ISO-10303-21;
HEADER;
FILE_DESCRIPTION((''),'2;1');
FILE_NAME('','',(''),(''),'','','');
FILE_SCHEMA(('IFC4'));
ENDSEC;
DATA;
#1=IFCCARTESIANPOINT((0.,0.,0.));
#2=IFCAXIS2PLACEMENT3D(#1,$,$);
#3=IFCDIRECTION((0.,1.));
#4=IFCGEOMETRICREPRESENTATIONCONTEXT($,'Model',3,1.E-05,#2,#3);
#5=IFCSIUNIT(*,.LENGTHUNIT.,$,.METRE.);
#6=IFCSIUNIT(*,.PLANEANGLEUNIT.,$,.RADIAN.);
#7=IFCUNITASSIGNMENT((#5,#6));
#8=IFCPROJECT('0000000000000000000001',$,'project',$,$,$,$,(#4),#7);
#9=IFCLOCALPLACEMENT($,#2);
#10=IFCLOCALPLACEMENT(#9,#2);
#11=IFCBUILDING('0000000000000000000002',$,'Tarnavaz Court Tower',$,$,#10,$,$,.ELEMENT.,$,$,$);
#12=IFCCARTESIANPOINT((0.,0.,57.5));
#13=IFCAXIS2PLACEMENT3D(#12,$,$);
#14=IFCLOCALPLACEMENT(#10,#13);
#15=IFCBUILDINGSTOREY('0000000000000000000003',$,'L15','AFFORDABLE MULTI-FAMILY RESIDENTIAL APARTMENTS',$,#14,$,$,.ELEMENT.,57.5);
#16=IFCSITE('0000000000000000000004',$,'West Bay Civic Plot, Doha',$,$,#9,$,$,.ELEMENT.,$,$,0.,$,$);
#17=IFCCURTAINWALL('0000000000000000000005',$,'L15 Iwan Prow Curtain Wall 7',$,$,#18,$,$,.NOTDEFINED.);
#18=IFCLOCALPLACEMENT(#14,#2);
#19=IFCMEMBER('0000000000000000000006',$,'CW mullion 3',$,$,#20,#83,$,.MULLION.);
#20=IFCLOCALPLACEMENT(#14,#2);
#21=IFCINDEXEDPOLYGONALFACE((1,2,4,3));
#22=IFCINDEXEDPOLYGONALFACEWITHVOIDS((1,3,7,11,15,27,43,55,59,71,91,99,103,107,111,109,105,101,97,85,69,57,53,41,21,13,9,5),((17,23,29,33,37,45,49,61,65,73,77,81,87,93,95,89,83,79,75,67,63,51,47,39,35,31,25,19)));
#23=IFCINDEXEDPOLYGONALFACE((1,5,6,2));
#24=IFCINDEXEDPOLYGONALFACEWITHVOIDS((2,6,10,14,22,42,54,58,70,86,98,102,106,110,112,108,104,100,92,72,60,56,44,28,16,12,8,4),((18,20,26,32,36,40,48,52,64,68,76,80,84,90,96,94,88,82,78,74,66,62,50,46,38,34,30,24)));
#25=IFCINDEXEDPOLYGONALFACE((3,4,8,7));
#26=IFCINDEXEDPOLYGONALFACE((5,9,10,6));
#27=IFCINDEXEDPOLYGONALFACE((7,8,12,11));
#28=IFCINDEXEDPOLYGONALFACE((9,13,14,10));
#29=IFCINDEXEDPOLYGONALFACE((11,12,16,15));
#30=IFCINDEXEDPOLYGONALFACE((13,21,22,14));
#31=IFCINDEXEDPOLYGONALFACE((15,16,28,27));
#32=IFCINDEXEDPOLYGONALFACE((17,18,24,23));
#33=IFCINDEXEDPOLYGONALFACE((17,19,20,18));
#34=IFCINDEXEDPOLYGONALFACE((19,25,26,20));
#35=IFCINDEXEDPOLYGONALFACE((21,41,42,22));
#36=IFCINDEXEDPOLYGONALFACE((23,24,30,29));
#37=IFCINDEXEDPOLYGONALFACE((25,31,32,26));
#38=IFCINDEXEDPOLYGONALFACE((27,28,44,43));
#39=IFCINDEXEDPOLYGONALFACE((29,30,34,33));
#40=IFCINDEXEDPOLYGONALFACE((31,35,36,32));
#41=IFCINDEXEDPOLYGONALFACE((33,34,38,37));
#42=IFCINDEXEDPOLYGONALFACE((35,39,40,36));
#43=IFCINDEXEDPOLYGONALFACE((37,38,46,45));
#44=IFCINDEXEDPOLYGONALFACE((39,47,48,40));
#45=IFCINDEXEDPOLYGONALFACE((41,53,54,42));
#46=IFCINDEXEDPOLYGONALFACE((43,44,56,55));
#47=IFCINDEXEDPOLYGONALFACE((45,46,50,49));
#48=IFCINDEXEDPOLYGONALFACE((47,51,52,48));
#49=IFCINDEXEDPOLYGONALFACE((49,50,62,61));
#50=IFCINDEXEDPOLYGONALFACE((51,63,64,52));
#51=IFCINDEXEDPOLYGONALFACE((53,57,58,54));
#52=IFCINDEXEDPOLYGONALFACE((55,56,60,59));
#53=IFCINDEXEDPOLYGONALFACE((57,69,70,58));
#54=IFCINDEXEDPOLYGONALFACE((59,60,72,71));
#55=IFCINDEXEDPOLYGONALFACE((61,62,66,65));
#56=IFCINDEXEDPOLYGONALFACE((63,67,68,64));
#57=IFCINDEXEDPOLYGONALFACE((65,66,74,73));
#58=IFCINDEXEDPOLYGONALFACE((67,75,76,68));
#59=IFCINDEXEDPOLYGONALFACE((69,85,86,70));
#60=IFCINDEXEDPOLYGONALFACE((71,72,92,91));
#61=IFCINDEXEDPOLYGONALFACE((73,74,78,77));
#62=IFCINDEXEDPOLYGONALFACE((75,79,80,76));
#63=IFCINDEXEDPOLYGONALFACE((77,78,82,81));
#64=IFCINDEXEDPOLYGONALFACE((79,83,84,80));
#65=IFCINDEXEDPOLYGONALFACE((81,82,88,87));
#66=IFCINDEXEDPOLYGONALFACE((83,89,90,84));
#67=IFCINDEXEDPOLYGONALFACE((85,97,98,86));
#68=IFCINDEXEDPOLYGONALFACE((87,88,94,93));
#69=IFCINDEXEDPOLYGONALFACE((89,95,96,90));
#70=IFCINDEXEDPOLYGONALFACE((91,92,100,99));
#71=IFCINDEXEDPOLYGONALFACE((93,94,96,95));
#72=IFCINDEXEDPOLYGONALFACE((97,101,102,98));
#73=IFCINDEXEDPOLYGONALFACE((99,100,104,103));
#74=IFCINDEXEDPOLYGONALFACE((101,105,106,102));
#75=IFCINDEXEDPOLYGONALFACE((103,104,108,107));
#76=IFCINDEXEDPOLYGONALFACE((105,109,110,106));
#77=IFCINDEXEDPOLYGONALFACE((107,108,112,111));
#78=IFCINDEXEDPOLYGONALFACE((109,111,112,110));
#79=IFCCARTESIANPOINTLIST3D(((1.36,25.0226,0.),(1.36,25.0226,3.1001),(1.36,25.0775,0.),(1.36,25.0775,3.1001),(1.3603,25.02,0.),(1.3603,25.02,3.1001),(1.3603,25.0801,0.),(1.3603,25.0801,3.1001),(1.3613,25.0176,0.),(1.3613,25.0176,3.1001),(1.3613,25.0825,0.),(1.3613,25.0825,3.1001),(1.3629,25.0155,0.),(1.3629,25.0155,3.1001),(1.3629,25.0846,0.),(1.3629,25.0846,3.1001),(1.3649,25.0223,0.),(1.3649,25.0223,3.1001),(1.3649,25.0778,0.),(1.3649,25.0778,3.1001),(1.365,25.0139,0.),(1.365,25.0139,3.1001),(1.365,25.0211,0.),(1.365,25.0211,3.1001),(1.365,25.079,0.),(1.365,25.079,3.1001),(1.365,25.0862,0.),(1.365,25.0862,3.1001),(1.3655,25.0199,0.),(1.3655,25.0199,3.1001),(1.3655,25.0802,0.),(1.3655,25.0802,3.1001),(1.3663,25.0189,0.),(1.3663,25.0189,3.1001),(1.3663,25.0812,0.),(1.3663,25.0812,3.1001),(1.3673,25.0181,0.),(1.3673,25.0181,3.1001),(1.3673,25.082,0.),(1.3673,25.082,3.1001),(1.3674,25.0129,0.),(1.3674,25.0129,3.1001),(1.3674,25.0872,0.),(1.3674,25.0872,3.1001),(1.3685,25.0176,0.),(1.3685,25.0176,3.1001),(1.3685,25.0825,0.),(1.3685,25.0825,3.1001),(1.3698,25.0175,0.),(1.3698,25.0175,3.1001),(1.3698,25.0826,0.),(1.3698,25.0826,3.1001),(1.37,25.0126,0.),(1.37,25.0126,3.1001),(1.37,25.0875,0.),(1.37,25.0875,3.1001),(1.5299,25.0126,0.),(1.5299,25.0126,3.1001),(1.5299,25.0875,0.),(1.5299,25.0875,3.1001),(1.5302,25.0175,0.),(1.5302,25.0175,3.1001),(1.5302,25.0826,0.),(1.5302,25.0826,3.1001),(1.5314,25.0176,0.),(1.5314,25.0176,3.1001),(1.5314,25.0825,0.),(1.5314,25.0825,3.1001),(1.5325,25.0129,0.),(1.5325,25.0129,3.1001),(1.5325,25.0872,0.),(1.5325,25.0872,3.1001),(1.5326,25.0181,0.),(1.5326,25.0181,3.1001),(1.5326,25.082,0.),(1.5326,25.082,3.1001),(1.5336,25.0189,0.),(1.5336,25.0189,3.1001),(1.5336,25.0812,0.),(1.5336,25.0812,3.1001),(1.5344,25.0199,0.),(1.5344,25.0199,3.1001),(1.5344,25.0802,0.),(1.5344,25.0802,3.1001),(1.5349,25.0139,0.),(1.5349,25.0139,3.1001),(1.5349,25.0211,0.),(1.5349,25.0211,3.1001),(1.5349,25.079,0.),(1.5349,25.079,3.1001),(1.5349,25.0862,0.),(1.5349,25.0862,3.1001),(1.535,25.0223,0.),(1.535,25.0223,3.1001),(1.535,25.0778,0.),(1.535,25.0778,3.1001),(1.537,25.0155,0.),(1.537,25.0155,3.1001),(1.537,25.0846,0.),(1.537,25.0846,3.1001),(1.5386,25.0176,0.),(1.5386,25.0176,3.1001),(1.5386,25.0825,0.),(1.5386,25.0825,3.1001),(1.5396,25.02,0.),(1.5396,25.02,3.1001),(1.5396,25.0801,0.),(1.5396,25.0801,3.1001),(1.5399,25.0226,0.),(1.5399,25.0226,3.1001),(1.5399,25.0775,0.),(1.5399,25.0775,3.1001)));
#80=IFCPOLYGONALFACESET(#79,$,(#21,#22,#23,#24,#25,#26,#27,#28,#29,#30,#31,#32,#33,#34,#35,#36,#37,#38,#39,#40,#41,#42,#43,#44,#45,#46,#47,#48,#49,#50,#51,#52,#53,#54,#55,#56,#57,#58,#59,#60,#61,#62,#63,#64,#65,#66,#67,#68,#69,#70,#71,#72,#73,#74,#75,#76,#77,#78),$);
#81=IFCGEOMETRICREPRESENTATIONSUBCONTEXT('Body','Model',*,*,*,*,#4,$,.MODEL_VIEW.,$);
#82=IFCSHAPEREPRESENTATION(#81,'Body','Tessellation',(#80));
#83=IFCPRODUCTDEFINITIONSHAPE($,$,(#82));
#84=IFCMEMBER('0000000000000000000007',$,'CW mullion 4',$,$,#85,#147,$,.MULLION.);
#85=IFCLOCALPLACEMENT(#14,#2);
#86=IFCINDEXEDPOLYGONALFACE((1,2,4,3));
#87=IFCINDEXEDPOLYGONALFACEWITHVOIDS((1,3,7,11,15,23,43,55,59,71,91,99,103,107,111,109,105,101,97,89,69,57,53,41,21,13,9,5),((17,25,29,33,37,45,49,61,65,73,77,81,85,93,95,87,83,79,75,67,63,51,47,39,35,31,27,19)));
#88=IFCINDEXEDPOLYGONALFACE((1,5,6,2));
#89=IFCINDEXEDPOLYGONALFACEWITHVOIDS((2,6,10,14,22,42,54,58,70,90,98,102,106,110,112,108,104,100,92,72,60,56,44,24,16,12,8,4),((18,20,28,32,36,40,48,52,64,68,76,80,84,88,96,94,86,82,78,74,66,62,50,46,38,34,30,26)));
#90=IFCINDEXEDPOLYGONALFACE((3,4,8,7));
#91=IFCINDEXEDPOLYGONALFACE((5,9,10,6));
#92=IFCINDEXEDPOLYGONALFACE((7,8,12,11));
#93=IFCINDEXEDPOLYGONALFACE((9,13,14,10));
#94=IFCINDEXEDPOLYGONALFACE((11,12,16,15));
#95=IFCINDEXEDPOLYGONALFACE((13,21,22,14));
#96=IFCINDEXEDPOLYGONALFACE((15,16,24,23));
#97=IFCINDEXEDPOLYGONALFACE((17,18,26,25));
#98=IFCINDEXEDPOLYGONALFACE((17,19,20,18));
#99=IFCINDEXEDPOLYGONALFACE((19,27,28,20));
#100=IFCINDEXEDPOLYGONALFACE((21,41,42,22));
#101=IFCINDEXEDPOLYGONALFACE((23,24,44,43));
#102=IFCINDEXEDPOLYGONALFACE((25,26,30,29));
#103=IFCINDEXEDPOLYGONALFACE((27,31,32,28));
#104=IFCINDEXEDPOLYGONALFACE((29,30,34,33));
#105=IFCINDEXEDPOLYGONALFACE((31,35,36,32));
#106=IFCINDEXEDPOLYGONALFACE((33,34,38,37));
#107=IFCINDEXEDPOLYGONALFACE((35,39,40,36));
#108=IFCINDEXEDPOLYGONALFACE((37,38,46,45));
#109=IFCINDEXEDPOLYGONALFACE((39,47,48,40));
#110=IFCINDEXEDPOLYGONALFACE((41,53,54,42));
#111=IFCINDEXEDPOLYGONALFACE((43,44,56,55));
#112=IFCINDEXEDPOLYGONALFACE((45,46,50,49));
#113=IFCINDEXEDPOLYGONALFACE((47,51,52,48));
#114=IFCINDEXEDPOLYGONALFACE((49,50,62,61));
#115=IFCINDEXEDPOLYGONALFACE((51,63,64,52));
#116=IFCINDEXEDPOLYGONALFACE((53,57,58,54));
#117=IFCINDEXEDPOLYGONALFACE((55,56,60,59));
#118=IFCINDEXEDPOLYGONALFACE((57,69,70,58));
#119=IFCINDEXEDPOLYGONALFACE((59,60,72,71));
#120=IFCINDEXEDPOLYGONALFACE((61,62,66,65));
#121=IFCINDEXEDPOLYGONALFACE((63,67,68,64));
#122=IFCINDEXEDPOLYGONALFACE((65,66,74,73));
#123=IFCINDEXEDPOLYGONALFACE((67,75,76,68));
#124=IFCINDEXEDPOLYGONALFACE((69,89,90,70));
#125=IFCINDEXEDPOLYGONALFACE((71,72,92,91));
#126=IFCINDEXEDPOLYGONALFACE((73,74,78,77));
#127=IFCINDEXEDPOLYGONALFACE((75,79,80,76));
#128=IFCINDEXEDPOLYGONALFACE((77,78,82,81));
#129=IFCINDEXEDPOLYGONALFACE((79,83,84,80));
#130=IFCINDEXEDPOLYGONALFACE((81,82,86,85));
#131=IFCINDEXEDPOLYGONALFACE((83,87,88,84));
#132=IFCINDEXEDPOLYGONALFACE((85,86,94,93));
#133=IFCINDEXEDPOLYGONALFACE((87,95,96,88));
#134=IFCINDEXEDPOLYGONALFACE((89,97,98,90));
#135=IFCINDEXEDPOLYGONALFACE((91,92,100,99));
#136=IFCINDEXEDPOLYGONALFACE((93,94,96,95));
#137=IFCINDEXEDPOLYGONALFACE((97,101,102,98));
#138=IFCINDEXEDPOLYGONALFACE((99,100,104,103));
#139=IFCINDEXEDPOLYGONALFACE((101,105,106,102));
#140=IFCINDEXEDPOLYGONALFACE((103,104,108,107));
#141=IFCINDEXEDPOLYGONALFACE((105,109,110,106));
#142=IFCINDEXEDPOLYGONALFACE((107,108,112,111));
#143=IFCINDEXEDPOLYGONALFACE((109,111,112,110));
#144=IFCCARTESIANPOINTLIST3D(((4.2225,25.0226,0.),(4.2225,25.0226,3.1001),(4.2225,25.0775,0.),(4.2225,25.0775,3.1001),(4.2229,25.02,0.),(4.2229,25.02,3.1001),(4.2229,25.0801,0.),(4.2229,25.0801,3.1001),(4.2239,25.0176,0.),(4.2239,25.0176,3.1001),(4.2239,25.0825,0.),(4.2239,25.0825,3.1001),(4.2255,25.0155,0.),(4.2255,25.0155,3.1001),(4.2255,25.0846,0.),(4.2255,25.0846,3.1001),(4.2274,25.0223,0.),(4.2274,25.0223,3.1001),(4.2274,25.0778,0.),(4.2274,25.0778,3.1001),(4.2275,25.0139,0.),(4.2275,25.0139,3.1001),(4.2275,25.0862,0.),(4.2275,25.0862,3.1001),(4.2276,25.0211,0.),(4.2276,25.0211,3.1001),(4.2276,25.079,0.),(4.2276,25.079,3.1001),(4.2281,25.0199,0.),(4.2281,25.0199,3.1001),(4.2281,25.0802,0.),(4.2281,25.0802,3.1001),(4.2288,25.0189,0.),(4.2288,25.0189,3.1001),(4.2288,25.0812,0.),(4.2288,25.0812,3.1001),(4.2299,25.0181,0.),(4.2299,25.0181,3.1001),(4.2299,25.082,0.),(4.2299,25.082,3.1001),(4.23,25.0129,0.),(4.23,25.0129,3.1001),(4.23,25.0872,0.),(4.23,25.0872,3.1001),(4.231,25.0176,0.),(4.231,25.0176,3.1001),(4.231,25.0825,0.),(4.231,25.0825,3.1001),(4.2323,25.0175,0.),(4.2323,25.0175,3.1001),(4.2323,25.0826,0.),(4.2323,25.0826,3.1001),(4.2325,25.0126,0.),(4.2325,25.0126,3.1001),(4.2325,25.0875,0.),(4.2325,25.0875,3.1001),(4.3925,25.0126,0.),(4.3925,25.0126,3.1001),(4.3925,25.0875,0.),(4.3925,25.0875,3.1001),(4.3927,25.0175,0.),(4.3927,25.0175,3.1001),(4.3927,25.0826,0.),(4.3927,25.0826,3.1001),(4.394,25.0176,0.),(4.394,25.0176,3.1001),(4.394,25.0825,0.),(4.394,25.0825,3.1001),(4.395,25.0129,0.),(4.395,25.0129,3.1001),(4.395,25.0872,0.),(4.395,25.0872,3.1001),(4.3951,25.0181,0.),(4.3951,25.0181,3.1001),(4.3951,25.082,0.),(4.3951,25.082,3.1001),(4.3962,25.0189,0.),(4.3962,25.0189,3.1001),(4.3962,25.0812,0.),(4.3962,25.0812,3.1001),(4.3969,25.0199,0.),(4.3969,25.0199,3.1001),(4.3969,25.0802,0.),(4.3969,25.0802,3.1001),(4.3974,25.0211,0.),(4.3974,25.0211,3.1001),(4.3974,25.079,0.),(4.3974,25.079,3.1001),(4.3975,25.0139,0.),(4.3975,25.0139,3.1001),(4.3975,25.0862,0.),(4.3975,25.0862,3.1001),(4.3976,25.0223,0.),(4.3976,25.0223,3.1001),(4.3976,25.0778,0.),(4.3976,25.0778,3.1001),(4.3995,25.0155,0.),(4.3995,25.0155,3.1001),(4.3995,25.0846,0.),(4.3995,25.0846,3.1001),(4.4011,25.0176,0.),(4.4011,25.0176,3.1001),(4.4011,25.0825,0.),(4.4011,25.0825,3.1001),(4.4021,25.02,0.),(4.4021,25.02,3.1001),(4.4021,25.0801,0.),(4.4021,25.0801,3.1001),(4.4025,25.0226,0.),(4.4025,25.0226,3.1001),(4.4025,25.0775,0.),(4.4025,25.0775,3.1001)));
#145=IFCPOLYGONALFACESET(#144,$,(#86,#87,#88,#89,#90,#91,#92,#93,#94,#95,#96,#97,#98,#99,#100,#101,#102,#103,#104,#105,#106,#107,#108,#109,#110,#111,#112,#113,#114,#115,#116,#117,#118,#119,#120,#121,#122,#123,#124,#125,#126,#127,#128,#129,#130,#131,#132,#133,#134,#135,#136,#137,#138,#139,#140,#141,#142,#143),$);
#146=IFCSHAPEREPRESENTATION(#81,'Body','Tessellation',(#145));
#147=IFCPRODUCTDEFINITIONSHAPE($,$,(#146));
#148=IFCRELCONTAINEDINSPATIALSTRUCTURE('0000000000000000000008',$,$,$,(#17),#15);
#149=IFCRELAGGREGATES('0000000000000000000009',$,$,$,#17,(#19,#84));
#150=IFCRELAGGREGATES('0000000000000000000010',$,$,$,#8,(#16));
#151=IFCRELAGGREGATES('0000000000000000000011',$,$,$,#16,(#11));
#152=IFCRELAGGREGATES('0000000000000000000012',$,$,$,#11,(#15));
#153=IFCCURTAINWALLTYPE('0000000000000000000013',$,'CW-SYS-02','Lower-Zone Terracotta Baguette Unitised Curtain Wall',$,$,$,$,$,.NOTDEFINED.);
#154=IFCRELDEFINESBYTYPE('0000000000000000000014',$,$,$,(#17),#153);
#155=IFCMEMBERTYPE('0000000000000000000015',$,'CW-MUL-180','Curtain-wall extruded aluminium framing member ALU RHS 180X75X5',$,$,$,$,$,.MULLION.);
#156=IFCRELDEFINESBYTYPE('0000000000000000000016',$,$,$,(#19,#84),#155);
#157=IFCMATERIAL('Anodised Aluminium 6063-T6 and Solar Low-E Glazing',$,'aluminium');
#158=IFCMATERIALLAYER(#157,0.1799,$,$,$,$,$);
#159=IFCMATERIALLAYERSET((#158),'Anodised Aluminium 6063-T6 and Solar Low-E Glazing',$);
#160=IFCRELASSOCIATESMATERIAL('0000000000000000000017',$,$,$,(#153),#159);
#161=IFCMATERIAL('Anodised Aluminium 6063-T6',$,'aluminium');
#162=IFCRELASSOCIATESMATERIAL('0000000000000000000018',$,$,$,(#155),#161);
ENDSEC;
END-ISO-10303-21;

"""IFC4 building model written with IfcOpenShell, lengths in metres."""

from ifc_helpers import new_model, si_unit, direction, frame, origin, origin_2d, place, context, subcontext, project, spatial, hollow_rectangle, extrude, material, layer, layer_set, material_profile, profile_set, type_object, element, aggregate, save


model = new_model("IFC4")

# Units and contexts
model_context = context("Model", 3, precision=1e-05, world=origin(), true_north=direction((0.0, 1.0)))
body_context = subcontext(model_context, "Body", "Model", "MODEL_VIEW")
ifc_project = project(units=[si_unit("LENGTHUNIT", "METRE"), si_unit("PLANEANGLEUNIT", "RADIAN")], contexts=[model_context])

# Site, building, storey
site_placement = place(None, origin())
site = spatial("IfcSite", under=ifc_project, at=site_placement, Name="West Bay Civic Plot, Doha", CompositionType="ELEMENT", RefElevation=0.0)
building_placement = place(site_placement, origin())
building = spatial("IfcBuilding", under=site, at=building_placement, Name="Tarnavaz Court Tower", CompositionType="ELEMENT")
storey_placement = place(building_placement, frame((0.0, 0.0, 57.5)))
storey = spatial("IfcBuildingStorey", under=building, at=storey_placement, Name="L15", Description="AFFORDABLE MULTI-FAMILY RESIDENTIAL APARTMENTS", CompositionType="ELEMENT", Elevation=57.5)

# Curtain wall, members
ifc_material_1 = material(Name="Anodised Aluminium 6063-T6 and Solar Low-E Glazing", Category="aluminium")
ifc_layer_1 = layer(ifc_material_1, 0.1799)
ifc_layer_set_1 = layer_set([ifc_layer_1], Name="Anodised Aluminium 6063-T6 and Solar Low-E Glazing")
curtain_wall_type = type_object("IfcCurtainWallType", Name="CW-SYS-02", Description="Lower-Zone Terracotta Baguette Unitised Curtain Wall", PredefinedType="NOTDEFINED", material=ifc_layer_set_1)
curtain_wall_placement = place(storey_placement, origin())
curtain_wall = element("IfcCurtainWall", 1, at=curtain_wall_placement, inside=storey, type_object=curtain_wall_type, Name="L15 Iwan Prow Curtain Wall 7", PredefinedType="NOTDEFINED")
ifc_material_2 = material(Name="Anodised Aluminium 6063-T6", Category="aluminium")
ifc_material_profile_1 = material_profile(ifc_material_2, hollow_rectangle(XDim=0.075, YDim=0.1799, WallThickness=0.0049, InnerFilletRadius=0.0049, OuterFilletRadius=0.01, at=origin_2d()), Name="ALU RHS 180X75X5")
ifc_profile_set_1 = profile_set([ifc_material_profile_1], Name="Anodised Aluminium 6063-T6")
member_type_1 = type_object("IfcMemberType", Name="CW-MUL-180", Description="Curtain-wall extruded aluminium framing member ALU RHS 180X75X5", PredefinedType="MULLION", material=ifc_profile_set_1)
member_1_placement = place(storey_placement, frame((1.45, 25.05, 0.0), z_axis=(0.0, 0.0, 1.0), x_axis=(0.0, 1.0, 0.0)))
member_1 = element("IfcMember", 2, at=member_1_placement, type_object=member_type_1, Name="CW mullion 3", PredefinedType="MULLION", context=body_context, shape_type="SweptSolid", body=[
    extrude(hollow_rectangle(XDim=0.075, YDim=0.1799, WallThickness=0.0049, InnerFilletRadius=0.0049, OuterFilletRadius=0.01, at=origin_2d()), origin(), (0.0, 0.0, 1.0), 3.1001),
])
member_2_placement = place(storey_placement, frame((4.3125, 25.05, 0.0), z_axis=(0.0, 0.0, 1.0), x_axis=(0.0, 1.0, 0.0)))
member_2 = element("IfcMember", 3, at=member_2_placement, type_object=member_type_1, Name="CW mullion 4", PredefinedType="MULLION", context=body_context, shape_type="SweptSolid", body=[
    extrude(hollow_rectangle(XDim=0.075, YDim=0.1799, WallThickness=0.0049, InnerFilletRadius=0.0049, OuterFilletRadius=0.01, at=origin_2d()), origin(), (0.0, 0.0, 1.0), 3.1001),
])
aggregate(curtain_wall, [member_1, member_2])

save(model, "model.ifc")
